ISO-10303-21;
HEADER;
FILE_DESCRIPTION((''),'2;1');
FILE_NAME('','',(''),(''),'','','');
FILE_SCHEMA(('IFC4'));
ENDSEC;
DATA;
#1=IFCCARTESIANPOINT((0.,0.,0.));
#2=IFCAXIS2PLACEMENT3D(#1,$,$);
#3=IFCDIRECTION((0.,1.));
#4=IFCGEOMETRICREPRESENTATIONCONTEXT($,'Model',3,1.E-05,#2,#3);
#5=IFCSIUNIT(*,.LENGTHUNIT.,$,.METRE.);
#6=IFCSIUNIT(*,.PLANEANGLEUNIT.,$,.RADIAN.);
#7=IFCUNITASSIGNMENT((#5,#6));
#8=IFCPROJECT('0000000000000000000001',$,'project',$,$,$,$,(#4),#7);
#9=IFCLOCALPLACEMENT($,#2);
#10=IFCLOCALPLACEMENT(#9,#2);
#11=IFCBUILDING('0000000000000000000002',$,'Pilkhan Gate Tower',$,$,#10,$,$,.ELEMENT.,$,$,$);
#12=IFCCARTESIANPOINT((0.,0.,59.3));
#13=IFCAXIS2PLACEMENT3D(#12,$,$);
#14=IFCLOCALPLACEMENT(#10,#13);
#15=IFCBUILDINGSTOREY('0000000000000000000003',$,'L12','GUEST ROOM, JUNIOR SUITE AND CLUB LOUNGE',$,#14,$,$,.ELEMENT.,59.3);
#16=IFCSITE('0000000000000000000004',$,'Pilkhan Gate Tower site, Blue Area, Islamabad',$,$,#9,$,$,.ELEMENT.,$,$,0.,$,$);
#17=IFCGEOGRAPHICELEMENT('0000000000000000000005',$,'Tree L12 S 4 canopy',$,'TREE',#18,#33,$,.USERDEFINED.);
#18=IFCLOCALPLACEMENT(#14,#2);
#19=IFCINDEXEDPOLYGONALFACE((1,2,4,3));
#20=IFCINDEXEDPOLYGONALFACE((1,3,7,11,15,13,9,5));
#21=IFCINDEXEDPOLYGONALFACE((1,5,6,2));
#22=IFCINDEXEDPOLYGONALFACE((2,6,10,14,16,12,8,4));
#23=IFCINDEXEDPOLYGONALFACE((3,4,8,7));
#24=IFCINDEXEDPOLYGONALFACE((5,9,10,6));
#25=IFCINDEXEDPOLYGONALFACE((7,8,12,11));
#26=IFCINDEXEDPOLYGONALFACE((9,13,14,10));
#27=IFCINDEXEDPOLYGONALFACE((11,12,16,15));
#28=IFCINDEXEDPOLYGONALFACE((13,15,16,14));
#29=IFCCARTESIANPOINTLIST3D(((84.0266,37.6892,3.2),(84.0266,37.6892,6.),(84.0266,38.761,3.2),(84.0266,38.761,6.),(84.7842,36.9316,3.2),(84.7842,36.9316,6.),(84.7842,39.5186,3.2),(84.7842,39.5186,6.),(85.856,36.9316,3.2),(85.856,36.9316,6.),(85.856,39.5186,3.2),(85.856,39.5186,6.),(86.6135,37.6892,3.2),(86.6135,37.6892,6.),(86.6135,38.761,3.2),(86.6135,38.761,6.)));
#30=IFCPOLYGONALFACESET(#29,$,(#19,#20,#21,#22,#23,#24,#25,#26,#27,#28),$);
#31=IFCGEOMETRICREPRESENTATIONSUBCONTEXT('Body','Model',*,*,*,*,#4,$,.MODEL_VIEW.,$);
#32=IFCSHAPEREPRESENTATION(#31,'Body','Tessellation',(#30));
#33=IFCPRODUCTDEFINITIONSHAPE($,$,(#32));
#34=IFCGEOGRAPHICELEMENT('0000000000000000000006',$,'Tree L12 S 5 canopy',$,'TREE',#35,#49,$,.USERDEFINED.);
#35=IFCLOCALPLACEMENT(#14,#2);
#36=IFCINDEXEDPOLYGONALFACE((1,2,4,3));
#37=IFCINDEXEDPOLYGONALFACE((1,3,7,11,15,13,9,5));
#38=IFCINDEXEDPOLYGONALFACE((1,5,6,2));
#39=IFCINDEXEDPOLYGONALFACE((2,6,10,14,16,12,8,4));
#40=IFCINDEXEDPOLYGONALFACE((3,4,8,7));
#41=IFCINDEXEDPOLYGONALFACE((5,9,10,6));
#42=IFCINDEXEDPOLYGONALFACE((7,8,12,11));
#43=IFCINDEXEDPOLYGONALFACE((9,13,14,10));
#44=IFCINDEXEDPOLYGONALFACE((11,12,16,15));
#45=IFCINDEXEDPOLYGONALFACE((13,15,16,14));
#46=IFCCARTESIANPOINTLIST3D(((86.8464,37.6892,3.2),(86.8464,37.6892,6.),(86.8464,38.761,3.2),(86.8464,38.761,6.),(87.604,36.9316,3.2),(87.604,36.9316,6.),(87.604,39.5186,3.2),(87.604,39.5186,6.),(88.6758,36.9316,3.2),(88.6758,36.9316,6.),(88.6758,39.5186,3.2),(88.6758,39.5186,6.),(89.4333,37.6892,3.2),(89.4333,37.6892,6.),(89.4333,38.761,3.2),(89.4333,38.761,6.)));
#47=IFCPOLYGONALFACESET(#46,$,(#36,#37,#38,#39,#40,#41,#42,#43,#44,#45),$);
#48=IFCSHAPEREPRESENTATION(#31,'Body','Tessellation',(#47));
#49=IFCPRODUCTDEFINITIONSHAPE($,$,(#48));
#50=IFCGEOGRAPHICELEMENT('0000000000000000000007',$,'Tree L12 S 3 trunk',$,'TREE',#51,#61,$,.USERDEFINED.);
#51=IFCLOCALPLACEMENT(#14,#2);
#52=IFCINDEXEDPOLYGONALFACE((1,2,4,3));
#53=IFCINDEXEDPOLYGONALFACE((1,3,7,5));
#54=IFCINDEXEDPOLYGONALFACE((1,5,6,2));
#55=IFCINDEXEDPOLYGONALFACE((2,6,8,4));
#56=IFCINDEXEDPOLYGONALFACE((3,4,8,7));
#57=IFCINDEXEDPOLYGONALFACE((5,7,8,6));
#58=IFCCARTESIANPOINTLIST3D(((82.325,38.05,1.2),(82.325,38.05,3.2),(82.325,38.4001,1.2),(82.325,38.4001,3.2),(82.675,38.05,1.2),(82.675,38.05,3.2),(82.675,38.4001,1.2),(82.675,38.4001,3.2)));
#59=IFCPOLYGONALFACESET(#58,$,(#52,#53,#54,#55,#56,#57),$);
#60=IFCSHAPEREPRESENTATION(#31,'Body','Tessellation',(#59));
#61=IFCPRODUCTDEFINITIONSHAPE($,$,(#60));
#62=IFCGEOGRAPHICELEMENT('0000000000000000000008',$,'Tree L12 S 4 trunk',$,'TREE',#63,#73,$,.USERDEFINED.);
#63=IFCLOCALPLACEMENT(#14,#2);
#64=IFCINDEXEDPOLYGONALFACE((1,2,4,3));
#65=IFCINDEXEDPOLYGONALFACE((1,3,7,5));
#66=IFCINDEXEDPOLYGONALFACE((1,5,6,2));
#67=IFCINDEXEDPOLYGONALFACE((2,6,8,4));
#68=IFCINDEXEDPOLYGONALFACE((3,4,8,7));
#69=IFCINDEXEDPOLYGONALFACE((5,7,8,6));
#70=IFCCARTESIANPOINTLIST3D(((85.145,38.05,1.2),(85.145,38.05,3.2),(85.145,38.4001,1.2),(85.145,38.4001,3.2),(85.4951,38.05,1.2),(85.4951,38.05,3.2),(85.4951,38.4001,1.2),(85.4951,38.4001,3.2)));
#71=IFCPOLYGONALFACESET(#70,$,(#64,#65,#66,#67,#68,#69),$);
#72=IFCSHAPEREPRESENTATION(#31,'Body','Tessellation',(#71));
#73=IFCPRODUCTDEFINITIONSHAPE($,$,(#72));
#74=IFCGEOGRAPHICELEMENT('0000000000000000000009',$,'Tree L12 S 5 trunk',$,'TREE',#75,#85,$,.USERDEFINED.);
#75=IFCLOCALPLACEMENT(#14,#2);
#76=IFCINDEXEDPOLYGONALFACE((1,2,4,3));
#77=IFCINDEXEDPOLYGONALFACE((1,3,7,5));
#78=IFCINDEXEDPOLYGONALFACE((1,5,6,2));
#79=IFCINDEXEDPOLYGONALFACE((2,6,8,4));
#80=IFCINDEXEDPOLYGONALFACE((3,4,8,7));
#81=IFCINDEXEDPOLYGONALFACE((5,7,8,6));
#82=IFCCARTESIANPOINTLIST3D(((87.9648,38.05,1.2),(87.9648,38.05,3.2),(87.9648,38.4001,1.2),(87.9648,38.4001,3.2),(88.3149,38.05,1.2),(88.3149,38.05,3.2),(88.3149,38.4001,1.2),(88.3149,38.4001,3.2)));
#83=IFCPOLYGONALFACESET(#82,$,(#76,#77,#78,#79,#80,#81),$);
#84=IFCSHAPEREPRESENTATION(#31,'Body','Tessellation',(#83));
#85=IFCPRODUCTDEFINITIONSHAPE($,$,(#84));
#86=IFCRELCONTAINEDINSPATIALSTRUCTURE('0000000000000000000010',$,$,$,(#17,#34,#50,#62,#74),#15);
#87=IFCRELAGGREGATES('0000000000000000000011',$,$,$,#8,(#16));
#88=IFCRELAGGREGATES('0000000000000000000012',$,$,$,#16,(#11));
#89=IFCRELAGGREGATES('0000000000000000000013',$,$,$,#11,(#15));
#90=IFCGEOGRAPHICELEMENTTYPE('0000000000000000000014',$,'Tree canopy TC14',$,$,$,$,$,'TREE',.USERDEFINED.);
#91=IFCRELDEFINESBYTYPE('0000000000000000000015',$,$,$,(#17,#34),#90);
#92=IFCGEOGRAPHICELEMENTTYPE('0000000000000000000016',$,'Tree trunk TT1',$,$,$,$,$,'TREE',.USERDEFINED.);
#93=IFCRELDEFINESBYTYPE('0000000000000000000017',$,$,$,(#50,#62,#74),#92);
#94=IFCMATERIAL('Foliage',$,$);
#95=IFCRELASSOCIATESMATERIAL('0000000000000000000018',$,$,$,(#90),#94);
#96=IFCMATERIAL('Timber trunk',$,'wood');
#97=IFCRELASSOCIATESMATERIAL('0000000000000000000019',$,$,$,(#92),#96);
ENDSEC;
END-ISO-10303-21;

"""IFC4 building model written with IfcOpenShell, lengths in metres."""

from ifc_helpers import new_model, si_unit, direction, frame, origin, origin_2d, place, context, subcontext, project, spatial, polyline, rectangle, outline, extrude, material, material_profile, profile_set, type_object, element, save


model = new_model("IFC4")

# Units and contexts
model_context = context("Model", 3, precision=1e-05, world=origin(), true_north=direction((0.0, 1.0)))
body_context = subcontext(model_context, "Body", "Model", "MODEL_VIEW")
ifc_project = project(units=[si_unit("LENGTHUNIT", "METRE"), si_unit("PLANEANGLEUNIT", "RADIAN")], contexts=[model_context])

# Site, building, storey
site_placement = place(None, origin())
site = spatial("IfcSite", under=ifc_project, at=site_placement, Name="Pilkhan Gate Tower site, Blue Area, Islamabad", CompositionType="ELEMENT", RefElevation=0.0)
building_placement = place(site_placement, origin())
building = spatial("IfcBuilding", under=site, at=building_placement, Name="Pilkhan Gate Tower", CompositionType="ELEMENT")
storey_placement = place(building_placement, frame((0.0, 0.0, 59.3)))
storey = spatial("IfcBuildingStorey", under=building, at=storey_placement, Name="L12", Description="GUEST ROOM, JUNIOR SUITE AND CLUB LOUNGE", CompositionType="ELEMENT", Elevation=59.3)

# Geographic elements
ifc_material_1 = material(Name="Foliage")
ifc_material_profile_1 = material_profile(ifc_material_1, outline(polyline([(1.2935, 0.5359), (0.5359, 1.2935), (-0.5359, 1.2935), (-1.2935, 0.5359), (-1.2935, -0.5359), (-0.5359, -1.2935), (0.5359, -1.2935), (1.2935, -0.5359), (1.2935, 0.5359)])), Name="Canopy D2.8")
ifc_profile_set_1 = profile_set([ifc_material_profile_1], Name="Foliage")
geographic_element_type_1 = type_object("IfcGeographicElementType", Name="Tree canopy TC14", ElementType="TREE", PredefinedType="USERDEFINED", material=ifc_profile_set_1)
for number, where, z_axis, x_axis, name in (
    (1, (85.3201, 38.2251, 3.2), (0.0, 0.0, 1.0), (1.0, 0.0, 0.0), "Tree L12 S 4 canopy"),
    (2, (88.1399, 38.2251, 3.2), (0.0, 0.0, 1.0), (1.0, 0.0, 0.0), "Tree L12 S 5 canopy"),
):
    element("IfcGeographicElement", number, at=place(storey_placement, frame(where, z_axis=z_axis, x_axis=x_axis)), inside=storey, type_object=geographic_element_type_1, Name=name, ObjectType="TREE", PredefinedType="USERDEFINED", context=body_context, shape_type="SweptSolid", body=[
        extrude(outline(polyline([(1.2935, 0.5359), (0.5359, 1.2935), (-0.5359, 1.2935), (-1.2935, 0.5359), (-1.2935, -0.5359), (-0.5359, -1.2935), (0.5359, -1.2935), (1.2935, -0.5359), (1.2935, 0.5359)])), origin(), (0.0, 0.0, 1.0), 2.8),
    ])
ifc_material_2 = material(Name="Timber trunk", Category="wood")
geographic_element_type_2 = type_object("IfcGeographicElementType", Name="Tree trunk TT1", ElementType="TREE", PredefinedType="USERDEFINED", material=ifc_material_2)
for number, where, z_axis, x_axis, name in (
    (3, (82.5, 38.2251, 1.2), (0.0, 0.0, 1.0), (1.0, 0.0, 0.0), "Tree L12 S 3 trunk"),
    (4, (85.3201, 38.2251, 1.2), (0.0, 0.0, 1.0), (1.0, 0.0, 0.0), "Tree L12 S 4 trunk"),
    (5, (88.1399, 38.2251, 1.2), (0.0, 0.0, 1.0), (1.0, 0.0, 0.0), "Tree L12 S 5 trunk"),
):
    element("IfcGeographicElement", number, at=place(storey_placement, frame(where, z_axis=z_axis, x_axis=x_axis)), inside=storey, type_object=geographic_element_type_2, Name=name, ObjectType="TREE", PredefinedType="USERDEFINED", context=body_context, shape_type="SweptSolid", body=[
        extrude(rectangle(XDim=0.3501, YDim=0.3501, at=origin_2d()), origin(), (0.0, 0.0, 1.0), 2.0),
    ])

save(model, "model.ifc")
